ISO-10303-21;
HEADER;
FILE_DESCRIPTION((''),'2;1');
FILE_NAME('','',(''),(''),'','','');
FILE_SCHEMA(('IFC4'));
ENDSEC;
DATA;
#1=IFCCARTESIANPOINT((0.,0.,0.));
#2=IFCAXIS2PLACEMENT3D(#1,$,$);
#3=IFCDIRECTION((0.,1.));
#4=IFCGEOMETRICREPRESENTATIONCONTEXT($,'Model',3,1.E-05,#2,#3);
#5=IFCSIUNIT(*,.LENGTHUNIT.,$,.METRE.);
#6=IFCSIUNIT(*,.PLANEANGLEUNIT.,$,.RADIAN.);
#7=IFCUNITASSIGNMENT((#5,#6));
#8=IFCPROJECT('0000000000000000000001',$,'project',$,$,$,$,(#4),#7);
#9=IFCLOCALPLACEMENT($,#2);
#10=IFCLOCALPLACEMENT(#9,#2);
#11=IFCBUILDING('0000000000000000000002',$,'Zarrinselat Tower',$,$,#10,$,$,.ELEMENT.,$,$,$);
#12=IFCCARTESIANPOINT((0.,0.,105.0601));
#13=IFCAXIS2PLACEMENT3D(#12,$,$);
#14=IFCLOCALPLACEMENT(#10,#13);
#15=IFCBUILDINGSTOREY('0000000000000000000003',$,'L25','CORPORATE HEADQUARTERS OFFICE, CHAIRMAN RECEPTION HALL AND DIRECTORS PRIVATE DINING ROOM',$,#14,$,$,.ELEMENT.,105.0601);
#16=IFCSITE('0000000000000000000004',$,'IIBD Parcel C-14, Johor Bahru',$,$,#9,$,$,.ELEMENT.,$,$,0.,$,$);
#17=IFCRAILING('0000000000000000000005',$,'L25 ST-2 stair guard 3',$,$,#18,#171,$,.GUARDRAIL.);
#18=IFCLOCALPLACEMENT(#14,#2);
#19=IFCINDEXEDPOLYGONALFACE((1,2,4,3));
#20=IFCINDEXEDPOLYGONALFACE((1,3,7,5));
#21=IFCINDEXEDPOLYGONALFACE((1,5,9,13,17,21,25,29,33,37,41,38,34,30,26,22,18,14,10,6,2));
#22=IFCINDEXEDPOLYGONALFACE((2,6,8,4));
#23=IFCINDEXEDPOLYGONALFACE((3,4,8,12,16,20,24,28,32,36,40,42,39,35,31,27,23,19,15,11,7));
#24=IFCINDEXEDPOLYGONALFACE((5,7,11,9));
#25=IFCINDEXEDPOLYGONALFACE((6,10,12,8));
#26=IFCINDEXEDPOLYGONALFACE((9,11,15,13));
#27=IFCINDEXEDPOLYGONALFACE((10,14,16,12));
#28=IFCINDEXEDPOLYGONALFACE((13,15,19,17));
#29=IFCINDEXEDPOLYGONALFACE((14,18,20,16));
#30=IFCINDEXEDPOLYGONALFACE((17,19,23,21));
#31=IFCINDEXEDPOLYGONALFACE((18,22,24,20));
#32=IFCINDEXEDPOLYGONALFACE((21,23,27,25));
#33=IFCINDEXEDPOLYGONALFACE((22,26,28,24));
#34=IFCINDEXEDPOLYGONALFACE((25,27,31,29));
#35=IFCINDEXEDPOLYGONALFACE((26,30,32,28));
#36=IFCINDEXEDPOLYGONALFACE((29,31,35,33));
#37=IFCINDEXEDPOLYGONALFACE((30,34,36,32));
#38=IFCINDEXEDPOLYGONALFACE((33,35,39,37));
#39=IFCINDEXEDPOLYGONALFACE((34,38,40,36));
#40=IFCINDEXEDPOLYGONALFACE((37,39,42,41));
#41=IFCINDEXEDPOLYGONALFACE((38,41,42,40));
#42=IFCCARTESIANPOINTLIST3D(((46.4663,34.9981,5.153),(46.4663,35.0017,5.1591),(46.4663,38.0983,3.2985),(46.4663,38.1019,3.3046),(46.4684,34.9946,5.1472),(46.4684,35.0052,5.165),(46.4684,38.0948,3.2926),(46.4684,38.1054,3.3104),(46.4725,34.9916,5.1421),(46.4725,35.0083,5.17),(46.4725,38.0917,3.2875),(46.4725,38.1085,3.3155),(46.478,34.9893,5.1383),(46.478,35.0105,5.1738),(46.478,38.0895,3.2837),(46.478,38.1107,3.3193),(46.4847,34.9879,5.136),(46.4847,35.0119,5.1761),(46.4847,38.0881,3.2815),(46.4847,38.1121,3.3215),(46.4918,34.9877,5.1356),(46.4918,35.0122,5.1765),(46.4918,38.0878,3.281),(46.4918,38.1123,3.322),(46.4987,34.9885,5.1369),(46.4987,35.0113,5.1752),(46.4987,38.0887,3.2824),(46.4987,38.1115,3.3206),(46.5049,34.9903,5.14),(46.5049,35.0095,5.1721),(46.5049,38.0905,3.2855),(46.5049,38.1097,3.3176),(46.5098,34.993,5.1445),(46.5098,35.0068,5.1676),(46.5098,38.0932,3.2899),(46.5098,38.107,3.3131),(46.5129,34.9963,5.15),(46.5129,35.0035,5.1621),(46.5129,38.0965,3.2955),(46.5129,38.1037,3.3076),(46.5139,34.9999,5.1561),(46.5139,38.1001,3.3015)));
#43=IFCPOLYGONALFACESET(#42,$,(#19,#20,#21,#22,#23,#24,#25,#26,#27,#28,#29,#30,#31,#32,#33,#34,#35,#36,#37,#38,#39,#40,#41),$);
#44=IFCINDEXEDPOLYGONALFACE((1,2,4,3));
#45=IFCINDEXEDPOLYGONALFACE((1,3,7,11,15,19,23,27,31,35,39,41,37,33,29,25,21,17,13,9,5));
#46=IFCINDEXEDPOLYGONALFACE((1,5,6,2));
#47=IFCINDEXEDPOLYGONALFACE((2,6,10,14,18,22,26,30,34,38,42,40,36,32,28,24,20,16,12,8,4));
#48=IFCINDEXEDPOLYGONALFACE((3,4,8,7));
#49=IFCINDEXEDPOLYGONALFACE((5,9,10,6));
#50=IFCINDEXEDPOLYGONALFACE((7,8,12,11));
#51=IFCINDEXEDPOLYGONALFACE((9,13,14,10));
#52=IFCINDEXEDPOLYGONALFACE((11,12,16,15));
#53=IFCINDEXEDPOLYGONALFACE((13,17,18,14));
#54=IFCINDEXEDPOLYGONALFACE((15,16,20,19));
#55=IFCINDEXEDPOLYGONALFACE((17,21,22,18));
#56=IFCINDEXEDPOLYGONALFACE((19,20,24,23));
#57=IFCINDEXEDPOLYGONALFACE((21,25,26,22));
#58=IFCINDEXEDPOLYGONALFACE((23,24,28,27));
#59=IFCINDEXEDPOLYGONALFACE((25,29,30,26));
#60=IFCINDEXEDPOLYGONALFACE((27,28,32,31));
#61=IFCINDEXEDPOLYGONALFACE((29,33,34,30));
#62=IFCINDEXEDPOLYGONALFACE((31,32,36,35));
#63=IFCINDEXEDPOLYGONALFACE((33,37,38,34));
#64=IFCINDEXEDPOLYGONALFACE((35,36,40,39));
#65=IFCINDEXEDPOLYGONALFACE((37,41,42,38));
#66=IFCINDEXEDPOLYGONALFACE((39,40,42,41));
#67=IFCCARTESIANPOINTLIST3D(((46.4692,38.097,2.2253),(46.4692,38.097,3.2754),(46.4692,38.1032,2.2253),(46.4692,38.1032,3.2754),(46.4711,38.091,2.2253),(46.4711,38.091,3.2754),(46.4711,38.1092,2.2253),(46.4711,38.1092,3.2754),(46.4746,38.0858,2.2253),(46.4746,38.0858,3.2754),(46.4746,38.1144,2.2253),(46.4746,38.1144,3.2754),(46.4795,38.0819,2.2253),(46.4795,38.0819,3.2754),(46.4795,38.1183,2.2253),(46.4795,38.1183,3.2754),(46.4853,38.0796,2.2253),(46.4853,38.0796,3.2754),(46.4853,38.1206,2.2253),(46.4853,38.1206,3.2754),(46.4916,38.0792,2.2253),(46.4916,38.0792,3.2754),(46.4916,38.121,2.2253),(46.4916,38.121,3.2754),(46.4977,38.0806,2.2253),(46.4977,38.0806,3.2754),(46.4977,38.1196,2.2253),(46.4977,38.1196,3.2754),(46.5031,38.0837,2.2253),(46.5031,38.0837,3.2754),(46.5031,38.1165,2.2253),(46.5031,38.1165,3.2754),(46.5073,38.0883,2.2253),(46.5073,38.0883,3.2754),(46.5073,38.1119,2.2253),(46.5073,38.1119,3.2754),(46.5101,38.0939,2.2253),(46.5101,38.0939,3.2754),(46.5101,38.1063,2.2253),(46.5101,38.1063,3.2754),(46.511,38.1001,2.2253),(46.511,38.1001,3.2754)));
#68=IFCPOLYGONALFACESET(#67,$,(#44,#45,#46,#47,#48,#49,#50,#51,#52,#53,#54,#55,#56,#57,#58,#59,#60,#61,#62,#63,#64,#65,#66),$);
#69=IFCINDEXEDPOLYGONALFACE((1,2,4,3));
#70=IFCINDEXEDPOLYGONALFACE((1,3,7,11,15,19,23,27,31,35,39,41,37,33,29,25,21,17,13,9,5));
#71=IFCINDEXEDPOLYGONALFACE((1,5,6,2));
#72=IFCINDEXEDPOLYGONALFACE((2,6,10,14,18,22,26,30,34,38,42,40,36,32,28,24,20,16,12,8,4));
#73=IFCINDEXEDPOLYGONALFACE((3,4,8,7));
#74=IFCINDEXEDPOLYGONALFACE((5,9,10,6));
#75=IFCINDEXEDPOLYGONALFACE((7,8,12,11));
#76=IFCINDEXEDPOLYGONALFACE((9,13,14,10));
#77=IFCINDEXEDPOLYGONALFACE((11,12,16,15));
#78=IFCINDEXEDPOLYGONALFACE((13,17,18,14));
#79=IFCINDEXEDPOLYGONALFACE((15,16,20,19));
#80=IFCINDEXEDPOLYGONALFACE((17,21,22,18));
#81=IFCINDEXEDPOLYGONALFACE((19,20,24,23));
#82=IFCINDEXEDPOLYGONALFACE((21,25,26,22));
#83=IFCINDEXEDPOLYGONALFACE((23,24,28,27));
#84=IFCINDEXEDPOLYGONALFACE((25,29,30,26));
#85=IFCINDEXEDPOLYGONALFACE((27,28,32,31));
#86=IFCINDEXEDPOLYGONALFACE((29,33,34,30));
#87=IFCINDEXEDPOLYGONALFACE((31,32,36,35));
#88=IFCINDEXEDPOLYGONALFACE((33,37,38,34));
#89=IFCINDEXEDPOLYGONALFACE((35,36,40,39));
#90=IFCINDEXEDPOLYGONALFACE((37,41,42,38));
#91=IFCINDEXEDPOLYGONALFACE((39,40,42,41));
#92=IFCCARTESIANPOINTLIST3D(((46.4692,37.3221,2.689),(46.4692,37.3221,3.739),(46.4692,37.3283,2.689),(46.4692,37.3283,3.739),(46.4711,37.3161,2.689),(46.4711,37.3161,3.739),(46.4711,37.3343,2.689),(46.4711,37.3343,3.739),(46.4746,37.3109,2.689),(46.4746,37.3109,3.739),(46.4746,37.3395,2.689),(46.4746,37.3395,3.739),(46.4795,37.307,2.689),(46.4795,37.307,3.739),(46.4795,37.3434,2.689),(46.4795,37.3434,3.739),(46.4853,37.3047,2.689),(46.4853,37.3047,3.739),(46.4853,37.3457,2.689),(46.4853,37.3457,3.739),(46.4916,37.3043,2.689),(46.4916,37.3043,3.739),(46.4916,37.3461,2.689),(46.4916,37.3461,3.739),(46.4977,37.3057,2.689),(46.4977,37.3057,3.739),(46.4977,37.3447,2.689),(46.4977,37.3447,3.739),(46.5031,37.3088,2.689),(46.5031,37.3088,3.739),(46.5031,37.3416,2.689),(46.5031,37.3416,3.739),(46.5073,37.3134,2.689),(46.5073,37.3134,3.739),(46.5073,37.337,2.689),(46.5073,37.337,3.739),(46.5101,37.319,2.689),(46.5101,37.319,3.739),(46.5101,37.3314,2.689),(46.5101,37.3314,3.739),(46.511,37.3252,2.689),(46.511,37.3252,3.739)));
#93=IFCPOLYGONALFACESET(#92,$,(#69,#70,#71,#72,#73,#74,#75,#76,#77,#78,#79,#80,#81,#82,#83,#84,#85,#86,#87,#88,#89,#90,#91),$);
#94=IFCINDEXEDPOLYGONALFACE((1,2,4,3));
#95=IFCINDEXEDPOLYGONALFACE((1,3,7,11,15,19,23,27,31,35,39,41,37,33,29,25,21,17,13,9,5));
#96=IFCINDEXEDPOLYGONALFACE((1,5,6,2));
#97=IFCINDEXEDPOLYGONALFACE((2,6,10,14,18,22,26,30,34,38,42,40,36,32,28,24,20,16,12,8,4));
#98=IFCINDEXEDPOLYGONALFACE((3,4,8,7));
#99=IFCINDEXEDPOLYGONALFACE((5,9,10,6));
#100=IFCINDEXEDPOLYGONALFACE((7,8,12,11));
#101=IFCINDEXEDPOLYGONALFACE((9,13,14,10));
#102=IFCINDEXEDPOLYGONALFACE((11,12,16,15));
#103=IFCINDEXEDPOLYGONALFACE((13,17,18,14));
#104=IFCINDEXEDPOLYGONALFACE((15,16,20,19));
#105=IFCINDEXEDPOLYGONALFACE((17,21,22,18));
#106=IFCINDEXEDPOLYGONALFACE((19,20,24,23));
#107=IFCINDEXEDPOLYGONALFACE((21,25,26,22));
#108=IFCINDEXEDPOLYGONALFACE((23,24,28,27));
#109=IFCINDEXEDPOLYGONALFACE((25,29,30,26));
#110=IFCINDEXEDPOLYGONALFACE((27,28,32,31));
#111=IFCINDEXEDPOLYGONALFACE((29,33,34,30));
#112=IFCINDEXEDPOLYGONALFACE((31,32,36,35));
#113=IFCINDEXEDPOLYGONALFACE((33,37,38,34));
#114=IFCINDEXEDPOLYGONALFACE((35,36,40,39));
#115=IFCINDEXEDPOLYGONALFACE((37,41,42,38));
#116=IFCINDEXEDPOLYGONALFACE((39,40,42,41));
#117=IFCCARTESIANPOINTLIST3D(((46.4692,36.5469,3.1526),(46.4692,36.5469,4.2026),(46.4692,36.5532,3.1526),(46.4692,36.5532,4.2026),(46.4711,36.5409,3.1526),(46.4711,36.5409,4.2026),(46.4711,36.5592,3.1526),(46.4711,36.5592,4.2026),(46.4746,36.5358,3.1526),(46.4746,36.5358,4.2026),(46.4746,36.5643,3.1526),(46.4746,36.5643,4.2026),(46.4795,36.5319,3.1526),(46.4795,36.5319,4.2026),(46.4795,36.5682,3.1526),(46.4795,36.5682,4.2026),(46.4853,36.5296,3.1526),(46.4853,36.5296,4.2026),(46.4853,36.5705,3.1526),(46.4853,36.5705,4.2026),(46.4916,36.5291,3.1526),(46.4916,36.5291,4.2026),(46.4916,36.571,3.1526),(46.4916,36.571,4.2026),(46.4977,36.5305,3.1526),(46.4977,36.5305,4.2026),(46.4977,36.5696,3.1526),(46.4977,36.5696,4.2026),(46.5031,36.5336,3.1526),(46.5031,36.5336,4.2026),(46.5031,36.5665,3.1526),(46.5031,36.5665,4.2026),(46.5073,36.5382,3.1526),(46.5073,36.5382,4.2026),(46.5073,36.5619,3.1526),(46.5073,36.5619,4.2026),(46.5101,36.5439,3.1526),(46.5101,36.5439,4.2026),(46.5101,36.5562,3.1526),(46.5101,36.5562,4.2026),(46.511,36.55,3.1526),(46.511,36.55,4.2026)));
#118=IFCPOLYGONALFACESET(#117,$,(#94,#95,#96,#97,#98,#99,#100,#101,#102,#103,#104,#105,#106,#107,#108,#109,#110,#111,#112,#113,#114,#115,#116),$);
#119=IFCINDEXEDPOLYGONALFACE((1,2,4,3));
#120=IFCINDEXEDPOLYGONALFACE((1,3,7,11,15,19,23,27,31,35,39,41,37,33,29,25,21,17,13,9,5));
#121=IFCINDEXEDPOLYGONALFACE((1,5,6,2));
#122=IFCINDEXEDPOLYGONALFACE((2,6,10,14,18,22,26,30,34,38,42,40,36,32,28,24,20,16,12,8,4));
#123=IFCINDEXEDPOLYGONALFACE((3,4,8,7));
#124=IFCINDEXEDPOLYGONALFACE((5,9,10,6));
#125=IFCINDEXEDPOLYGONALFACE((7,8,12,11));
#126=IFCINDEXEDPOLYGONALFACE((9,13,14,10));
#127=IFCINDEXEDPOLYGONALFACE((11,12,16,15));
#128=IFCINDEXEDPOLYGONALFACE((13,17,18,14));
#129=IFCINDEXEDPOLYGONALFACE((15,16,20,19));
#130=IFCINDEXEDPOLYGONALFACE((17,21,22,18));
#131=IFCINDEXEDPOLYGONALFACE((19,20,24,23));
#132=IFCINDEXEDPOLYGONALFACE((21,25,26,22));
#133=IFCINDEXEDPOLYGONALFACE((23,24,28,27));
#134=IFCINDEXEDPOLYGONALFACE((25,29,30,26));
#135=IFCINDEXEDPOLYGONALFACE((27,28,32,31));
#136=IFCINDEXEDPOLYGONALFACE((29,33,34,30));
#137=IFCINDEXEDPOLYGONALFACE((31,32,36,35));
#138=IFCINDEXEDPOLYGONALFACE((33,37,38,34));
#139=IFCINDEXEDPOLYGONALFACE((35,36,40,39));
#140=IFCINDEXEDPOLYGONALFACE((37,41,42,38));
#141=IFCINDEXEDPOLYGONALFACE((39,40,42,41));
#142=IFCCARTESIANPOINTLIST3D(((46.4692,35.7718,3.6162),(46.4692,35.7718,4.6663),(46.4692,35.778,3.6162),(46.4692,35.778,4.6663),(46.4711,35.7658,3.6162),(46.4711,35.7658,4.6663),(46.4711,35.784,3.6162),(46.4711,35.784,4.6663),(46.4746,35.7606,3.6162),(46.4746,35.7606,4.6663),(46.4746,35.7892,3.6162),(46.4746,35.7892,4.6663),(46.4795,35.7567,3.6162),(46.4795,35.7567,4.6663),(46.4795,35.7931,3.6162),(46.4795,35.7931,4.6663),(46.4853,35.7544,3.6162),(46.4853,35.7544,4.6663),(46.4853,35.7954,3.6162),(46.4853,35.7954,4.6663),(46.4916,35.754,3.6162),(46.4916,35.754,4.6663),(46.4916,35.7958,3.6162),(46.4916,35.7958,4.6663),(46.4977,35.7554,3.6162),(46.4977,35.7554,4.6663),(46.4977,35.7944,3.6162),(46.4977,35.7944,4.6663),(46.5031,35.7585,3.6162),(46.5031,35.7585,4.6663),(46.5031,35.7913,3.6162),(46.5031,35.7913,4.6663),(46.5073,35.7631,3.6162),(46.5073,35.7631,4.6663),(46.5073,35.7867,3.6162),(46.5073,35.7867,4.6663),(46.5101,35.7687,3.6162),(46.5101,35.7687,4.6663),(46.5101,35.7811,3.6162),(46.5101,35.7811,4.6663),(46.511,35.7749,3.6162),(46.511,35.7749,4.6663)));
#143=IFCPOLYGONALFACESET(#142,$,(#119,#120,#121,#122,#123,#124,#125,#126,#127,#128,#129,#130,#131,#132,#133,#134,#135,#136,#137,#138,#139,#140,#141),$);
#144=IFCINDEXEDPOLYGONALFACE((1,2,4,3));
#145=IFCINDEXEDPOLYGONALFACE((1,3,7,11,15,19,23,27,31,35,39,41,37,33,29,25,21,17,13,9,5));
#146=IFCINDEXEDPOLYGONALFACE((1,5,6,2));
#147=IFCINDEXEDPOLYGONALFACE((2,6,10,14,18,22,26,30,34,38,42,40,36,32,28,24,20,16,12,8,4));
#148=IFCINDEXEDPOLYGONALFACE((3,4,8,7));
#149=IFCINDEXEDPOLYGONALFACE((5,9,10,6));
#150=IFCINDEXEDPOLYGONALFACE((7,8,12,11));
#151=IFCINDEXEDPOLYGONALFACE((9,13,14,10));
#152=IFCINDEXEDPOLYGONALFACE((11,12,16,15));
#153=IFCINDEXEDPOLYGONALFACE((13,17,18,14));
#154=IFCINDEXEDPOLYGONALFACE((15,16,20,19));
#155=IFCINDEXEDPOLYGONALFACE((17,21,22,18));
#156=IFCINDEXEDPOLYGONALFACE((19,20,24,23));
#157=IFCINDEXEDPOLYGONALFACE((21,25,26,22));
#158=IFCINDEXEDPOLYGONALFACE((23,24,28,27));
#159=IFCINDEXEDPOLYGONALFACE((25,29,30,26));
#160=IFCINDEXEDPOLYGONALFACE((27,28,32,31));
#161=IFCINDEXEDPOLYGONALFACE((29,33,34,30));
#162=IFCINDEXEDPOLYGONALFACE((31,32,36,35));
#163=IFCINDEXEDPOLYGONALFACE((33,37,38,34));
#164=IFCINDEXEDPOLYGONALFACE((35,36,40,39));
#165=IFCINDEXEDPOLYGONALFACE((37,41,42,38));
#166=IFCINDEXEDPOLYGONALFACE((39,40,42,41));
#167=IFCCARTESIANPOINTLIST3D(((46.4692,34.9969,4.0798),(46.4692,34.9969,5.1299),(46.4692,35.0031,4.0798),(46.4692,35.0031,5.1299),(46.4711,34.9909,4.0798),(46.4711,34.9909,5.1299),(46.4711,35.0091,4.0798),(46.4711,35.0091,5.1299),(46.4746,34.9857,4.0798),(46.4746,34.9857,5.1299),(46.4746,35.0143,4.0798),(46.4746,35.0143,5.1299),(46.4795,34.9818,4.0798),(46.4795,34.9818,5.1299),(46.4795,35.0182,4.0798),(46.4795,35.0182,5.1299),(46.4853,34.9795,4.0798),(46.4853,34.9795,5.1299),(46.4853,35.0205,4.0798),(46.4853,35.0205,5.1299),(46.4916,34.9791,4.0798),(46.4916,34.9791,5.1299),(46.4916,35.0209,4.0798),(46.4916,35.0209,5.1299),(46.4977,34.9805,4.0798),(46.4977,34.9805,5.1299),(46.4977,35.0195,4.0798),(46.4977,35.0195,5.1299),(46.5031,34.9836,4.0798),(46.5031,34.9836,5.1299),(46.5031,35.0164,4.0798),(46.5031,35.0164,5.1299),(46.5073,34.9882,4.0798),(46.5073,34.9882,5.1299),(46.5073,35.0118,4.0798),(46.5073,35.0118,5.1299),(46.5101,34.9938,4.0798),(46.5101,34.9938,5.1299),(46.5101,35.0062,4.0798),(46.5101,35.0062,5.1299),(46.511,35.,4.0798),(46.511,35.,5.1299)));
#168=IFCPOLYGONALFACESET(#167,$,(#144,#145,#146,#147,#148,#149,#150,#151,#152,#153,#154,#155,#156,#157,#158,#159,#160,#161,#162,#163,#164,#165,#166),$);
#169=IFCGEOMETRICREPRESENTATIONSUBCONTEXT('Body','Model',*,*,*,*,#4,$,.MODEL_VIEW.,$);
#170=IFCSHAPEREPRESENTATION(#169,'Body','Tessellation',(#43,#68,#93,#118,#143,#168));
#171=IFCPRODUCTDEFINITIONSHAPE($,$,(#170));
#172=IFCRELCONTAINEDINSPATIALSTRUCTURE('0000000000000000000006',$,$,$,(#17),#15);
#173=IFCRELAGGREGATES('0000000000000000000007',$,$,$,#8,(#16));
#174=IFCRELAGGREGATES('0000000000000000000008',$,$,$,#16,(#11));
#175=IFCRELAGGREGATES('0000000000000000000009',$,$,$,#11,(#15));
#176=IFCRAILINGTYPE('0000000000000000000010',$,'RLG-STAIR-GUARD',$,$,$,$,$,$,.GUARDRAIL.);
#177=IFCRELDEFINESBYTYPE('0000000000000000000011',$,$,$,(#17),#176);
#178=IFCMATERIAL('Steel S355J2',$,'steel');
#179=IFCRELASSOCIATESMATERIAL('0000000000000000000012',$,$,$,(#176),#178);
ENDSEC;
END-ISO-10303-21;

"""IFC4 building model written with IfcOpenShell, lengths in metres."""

from ifc_helpers import new_model, si_unit, direction, frame, origin, origin_2d, place, context, subcontext, project, spatial, circle, extrude, material, type_object, element, save


model = new_model("IFC4")

# Units and contexts
model_context = context("Model", 3, precision=1e-05, world=origin(), true_north=direction((0.0, 1.0)))
body_context = subcontext(model_context, "Body", "Model", "MODEL_VIEW")
ifc_project = project(units=[si_unit("LENGTHUNIT", "METRE"), si_unit("PLANEANGLEUNIT", "RADIAN")], contexts=[model_context])

# Site, building, storey
site_placement = place(None, origin())
site = spatial("IfcSite", under=ifc_project, at=site_placement, Name="IIBD Parcel C-14, Johor Bahru", CompositionType="ELEMENT", RefElevation=0.0)
building_placement = place(site_placement, origin())
building = spatial("IfcBuilding", under=site, at=building_placement, Name="Zarrinselat Tower", CompositionType="ELEMENT")
storey_placement = place(building_placement, frame((0.0, 0.0, 105.0601)))
storey = spatial("IfcBuildingStorey", under=building, at=storey_placement, Name="L25", Description="CORPORATE HEADQUARTERS OFFICE, CHAIRMAN RECEPTION HALL AND DIRECTORS PRIVATE DINING ROOM", CompositionType="ELEMENT", Elevation=105.0601)

# Railing
ifc_material_1 = material(Name="Steel S355J2", Category="steel")
railing_type_1 = type_object("IfcRailingType", Name="RLG-STAIR-GUARD", PredefinedType="GUARDRAIL", material=ifc_material_1)
railing_1_placement = place(storey_placement, frame((46.49, 38.1001, 2.2253)))
element("IfcRailing", 1, at=railing_1_placement, inside=storey, type_object=railing_type_1, Name="L25 ST-2 stair guard 3", PredefinedType="GUARDRAIL", context=body_context, shape_type="SweptSolid", body=[
    extrude(circle(Radius=0.0239, at=origin_2d()), frame((0.0, 0.0, 1.0762), z_axis=(0.0, -0.858172, 0.513362), x_axis=(1.0, 0.0, 0.0)), (0.0, 0.0, 1.0), 3.6125),
    extrude(circle(Radius=0.021, at=origin_2d()), origin(), (0.0, 0.0, 1.0), 1.05),
    extrude(circle(Radius=0.021, at=origin_2d()), frame((0.0, -0.7749, 0.4636)), (0.0, 0.0, 1.0), 1.05),
    extrude(circle(Radius=0.021, at=origin_2d()), frame((0.0, -1.55, 0.9272)), (0.0, 0.0, 1.0), 1.05),
    extrude(circle(Radius=0.021, at=origin_2d()), frame((0.0, -2.3252, 1.3909)), (0.0, 0.0, 1.0), 1.05),
    extrude(circle(Radius=0.021, at=origin_2d()), frame((0.0, -3.1001, 1.8545)), (0.0, 0.0, 1.0), 1.05),
])

save(model, "model.ifc")
